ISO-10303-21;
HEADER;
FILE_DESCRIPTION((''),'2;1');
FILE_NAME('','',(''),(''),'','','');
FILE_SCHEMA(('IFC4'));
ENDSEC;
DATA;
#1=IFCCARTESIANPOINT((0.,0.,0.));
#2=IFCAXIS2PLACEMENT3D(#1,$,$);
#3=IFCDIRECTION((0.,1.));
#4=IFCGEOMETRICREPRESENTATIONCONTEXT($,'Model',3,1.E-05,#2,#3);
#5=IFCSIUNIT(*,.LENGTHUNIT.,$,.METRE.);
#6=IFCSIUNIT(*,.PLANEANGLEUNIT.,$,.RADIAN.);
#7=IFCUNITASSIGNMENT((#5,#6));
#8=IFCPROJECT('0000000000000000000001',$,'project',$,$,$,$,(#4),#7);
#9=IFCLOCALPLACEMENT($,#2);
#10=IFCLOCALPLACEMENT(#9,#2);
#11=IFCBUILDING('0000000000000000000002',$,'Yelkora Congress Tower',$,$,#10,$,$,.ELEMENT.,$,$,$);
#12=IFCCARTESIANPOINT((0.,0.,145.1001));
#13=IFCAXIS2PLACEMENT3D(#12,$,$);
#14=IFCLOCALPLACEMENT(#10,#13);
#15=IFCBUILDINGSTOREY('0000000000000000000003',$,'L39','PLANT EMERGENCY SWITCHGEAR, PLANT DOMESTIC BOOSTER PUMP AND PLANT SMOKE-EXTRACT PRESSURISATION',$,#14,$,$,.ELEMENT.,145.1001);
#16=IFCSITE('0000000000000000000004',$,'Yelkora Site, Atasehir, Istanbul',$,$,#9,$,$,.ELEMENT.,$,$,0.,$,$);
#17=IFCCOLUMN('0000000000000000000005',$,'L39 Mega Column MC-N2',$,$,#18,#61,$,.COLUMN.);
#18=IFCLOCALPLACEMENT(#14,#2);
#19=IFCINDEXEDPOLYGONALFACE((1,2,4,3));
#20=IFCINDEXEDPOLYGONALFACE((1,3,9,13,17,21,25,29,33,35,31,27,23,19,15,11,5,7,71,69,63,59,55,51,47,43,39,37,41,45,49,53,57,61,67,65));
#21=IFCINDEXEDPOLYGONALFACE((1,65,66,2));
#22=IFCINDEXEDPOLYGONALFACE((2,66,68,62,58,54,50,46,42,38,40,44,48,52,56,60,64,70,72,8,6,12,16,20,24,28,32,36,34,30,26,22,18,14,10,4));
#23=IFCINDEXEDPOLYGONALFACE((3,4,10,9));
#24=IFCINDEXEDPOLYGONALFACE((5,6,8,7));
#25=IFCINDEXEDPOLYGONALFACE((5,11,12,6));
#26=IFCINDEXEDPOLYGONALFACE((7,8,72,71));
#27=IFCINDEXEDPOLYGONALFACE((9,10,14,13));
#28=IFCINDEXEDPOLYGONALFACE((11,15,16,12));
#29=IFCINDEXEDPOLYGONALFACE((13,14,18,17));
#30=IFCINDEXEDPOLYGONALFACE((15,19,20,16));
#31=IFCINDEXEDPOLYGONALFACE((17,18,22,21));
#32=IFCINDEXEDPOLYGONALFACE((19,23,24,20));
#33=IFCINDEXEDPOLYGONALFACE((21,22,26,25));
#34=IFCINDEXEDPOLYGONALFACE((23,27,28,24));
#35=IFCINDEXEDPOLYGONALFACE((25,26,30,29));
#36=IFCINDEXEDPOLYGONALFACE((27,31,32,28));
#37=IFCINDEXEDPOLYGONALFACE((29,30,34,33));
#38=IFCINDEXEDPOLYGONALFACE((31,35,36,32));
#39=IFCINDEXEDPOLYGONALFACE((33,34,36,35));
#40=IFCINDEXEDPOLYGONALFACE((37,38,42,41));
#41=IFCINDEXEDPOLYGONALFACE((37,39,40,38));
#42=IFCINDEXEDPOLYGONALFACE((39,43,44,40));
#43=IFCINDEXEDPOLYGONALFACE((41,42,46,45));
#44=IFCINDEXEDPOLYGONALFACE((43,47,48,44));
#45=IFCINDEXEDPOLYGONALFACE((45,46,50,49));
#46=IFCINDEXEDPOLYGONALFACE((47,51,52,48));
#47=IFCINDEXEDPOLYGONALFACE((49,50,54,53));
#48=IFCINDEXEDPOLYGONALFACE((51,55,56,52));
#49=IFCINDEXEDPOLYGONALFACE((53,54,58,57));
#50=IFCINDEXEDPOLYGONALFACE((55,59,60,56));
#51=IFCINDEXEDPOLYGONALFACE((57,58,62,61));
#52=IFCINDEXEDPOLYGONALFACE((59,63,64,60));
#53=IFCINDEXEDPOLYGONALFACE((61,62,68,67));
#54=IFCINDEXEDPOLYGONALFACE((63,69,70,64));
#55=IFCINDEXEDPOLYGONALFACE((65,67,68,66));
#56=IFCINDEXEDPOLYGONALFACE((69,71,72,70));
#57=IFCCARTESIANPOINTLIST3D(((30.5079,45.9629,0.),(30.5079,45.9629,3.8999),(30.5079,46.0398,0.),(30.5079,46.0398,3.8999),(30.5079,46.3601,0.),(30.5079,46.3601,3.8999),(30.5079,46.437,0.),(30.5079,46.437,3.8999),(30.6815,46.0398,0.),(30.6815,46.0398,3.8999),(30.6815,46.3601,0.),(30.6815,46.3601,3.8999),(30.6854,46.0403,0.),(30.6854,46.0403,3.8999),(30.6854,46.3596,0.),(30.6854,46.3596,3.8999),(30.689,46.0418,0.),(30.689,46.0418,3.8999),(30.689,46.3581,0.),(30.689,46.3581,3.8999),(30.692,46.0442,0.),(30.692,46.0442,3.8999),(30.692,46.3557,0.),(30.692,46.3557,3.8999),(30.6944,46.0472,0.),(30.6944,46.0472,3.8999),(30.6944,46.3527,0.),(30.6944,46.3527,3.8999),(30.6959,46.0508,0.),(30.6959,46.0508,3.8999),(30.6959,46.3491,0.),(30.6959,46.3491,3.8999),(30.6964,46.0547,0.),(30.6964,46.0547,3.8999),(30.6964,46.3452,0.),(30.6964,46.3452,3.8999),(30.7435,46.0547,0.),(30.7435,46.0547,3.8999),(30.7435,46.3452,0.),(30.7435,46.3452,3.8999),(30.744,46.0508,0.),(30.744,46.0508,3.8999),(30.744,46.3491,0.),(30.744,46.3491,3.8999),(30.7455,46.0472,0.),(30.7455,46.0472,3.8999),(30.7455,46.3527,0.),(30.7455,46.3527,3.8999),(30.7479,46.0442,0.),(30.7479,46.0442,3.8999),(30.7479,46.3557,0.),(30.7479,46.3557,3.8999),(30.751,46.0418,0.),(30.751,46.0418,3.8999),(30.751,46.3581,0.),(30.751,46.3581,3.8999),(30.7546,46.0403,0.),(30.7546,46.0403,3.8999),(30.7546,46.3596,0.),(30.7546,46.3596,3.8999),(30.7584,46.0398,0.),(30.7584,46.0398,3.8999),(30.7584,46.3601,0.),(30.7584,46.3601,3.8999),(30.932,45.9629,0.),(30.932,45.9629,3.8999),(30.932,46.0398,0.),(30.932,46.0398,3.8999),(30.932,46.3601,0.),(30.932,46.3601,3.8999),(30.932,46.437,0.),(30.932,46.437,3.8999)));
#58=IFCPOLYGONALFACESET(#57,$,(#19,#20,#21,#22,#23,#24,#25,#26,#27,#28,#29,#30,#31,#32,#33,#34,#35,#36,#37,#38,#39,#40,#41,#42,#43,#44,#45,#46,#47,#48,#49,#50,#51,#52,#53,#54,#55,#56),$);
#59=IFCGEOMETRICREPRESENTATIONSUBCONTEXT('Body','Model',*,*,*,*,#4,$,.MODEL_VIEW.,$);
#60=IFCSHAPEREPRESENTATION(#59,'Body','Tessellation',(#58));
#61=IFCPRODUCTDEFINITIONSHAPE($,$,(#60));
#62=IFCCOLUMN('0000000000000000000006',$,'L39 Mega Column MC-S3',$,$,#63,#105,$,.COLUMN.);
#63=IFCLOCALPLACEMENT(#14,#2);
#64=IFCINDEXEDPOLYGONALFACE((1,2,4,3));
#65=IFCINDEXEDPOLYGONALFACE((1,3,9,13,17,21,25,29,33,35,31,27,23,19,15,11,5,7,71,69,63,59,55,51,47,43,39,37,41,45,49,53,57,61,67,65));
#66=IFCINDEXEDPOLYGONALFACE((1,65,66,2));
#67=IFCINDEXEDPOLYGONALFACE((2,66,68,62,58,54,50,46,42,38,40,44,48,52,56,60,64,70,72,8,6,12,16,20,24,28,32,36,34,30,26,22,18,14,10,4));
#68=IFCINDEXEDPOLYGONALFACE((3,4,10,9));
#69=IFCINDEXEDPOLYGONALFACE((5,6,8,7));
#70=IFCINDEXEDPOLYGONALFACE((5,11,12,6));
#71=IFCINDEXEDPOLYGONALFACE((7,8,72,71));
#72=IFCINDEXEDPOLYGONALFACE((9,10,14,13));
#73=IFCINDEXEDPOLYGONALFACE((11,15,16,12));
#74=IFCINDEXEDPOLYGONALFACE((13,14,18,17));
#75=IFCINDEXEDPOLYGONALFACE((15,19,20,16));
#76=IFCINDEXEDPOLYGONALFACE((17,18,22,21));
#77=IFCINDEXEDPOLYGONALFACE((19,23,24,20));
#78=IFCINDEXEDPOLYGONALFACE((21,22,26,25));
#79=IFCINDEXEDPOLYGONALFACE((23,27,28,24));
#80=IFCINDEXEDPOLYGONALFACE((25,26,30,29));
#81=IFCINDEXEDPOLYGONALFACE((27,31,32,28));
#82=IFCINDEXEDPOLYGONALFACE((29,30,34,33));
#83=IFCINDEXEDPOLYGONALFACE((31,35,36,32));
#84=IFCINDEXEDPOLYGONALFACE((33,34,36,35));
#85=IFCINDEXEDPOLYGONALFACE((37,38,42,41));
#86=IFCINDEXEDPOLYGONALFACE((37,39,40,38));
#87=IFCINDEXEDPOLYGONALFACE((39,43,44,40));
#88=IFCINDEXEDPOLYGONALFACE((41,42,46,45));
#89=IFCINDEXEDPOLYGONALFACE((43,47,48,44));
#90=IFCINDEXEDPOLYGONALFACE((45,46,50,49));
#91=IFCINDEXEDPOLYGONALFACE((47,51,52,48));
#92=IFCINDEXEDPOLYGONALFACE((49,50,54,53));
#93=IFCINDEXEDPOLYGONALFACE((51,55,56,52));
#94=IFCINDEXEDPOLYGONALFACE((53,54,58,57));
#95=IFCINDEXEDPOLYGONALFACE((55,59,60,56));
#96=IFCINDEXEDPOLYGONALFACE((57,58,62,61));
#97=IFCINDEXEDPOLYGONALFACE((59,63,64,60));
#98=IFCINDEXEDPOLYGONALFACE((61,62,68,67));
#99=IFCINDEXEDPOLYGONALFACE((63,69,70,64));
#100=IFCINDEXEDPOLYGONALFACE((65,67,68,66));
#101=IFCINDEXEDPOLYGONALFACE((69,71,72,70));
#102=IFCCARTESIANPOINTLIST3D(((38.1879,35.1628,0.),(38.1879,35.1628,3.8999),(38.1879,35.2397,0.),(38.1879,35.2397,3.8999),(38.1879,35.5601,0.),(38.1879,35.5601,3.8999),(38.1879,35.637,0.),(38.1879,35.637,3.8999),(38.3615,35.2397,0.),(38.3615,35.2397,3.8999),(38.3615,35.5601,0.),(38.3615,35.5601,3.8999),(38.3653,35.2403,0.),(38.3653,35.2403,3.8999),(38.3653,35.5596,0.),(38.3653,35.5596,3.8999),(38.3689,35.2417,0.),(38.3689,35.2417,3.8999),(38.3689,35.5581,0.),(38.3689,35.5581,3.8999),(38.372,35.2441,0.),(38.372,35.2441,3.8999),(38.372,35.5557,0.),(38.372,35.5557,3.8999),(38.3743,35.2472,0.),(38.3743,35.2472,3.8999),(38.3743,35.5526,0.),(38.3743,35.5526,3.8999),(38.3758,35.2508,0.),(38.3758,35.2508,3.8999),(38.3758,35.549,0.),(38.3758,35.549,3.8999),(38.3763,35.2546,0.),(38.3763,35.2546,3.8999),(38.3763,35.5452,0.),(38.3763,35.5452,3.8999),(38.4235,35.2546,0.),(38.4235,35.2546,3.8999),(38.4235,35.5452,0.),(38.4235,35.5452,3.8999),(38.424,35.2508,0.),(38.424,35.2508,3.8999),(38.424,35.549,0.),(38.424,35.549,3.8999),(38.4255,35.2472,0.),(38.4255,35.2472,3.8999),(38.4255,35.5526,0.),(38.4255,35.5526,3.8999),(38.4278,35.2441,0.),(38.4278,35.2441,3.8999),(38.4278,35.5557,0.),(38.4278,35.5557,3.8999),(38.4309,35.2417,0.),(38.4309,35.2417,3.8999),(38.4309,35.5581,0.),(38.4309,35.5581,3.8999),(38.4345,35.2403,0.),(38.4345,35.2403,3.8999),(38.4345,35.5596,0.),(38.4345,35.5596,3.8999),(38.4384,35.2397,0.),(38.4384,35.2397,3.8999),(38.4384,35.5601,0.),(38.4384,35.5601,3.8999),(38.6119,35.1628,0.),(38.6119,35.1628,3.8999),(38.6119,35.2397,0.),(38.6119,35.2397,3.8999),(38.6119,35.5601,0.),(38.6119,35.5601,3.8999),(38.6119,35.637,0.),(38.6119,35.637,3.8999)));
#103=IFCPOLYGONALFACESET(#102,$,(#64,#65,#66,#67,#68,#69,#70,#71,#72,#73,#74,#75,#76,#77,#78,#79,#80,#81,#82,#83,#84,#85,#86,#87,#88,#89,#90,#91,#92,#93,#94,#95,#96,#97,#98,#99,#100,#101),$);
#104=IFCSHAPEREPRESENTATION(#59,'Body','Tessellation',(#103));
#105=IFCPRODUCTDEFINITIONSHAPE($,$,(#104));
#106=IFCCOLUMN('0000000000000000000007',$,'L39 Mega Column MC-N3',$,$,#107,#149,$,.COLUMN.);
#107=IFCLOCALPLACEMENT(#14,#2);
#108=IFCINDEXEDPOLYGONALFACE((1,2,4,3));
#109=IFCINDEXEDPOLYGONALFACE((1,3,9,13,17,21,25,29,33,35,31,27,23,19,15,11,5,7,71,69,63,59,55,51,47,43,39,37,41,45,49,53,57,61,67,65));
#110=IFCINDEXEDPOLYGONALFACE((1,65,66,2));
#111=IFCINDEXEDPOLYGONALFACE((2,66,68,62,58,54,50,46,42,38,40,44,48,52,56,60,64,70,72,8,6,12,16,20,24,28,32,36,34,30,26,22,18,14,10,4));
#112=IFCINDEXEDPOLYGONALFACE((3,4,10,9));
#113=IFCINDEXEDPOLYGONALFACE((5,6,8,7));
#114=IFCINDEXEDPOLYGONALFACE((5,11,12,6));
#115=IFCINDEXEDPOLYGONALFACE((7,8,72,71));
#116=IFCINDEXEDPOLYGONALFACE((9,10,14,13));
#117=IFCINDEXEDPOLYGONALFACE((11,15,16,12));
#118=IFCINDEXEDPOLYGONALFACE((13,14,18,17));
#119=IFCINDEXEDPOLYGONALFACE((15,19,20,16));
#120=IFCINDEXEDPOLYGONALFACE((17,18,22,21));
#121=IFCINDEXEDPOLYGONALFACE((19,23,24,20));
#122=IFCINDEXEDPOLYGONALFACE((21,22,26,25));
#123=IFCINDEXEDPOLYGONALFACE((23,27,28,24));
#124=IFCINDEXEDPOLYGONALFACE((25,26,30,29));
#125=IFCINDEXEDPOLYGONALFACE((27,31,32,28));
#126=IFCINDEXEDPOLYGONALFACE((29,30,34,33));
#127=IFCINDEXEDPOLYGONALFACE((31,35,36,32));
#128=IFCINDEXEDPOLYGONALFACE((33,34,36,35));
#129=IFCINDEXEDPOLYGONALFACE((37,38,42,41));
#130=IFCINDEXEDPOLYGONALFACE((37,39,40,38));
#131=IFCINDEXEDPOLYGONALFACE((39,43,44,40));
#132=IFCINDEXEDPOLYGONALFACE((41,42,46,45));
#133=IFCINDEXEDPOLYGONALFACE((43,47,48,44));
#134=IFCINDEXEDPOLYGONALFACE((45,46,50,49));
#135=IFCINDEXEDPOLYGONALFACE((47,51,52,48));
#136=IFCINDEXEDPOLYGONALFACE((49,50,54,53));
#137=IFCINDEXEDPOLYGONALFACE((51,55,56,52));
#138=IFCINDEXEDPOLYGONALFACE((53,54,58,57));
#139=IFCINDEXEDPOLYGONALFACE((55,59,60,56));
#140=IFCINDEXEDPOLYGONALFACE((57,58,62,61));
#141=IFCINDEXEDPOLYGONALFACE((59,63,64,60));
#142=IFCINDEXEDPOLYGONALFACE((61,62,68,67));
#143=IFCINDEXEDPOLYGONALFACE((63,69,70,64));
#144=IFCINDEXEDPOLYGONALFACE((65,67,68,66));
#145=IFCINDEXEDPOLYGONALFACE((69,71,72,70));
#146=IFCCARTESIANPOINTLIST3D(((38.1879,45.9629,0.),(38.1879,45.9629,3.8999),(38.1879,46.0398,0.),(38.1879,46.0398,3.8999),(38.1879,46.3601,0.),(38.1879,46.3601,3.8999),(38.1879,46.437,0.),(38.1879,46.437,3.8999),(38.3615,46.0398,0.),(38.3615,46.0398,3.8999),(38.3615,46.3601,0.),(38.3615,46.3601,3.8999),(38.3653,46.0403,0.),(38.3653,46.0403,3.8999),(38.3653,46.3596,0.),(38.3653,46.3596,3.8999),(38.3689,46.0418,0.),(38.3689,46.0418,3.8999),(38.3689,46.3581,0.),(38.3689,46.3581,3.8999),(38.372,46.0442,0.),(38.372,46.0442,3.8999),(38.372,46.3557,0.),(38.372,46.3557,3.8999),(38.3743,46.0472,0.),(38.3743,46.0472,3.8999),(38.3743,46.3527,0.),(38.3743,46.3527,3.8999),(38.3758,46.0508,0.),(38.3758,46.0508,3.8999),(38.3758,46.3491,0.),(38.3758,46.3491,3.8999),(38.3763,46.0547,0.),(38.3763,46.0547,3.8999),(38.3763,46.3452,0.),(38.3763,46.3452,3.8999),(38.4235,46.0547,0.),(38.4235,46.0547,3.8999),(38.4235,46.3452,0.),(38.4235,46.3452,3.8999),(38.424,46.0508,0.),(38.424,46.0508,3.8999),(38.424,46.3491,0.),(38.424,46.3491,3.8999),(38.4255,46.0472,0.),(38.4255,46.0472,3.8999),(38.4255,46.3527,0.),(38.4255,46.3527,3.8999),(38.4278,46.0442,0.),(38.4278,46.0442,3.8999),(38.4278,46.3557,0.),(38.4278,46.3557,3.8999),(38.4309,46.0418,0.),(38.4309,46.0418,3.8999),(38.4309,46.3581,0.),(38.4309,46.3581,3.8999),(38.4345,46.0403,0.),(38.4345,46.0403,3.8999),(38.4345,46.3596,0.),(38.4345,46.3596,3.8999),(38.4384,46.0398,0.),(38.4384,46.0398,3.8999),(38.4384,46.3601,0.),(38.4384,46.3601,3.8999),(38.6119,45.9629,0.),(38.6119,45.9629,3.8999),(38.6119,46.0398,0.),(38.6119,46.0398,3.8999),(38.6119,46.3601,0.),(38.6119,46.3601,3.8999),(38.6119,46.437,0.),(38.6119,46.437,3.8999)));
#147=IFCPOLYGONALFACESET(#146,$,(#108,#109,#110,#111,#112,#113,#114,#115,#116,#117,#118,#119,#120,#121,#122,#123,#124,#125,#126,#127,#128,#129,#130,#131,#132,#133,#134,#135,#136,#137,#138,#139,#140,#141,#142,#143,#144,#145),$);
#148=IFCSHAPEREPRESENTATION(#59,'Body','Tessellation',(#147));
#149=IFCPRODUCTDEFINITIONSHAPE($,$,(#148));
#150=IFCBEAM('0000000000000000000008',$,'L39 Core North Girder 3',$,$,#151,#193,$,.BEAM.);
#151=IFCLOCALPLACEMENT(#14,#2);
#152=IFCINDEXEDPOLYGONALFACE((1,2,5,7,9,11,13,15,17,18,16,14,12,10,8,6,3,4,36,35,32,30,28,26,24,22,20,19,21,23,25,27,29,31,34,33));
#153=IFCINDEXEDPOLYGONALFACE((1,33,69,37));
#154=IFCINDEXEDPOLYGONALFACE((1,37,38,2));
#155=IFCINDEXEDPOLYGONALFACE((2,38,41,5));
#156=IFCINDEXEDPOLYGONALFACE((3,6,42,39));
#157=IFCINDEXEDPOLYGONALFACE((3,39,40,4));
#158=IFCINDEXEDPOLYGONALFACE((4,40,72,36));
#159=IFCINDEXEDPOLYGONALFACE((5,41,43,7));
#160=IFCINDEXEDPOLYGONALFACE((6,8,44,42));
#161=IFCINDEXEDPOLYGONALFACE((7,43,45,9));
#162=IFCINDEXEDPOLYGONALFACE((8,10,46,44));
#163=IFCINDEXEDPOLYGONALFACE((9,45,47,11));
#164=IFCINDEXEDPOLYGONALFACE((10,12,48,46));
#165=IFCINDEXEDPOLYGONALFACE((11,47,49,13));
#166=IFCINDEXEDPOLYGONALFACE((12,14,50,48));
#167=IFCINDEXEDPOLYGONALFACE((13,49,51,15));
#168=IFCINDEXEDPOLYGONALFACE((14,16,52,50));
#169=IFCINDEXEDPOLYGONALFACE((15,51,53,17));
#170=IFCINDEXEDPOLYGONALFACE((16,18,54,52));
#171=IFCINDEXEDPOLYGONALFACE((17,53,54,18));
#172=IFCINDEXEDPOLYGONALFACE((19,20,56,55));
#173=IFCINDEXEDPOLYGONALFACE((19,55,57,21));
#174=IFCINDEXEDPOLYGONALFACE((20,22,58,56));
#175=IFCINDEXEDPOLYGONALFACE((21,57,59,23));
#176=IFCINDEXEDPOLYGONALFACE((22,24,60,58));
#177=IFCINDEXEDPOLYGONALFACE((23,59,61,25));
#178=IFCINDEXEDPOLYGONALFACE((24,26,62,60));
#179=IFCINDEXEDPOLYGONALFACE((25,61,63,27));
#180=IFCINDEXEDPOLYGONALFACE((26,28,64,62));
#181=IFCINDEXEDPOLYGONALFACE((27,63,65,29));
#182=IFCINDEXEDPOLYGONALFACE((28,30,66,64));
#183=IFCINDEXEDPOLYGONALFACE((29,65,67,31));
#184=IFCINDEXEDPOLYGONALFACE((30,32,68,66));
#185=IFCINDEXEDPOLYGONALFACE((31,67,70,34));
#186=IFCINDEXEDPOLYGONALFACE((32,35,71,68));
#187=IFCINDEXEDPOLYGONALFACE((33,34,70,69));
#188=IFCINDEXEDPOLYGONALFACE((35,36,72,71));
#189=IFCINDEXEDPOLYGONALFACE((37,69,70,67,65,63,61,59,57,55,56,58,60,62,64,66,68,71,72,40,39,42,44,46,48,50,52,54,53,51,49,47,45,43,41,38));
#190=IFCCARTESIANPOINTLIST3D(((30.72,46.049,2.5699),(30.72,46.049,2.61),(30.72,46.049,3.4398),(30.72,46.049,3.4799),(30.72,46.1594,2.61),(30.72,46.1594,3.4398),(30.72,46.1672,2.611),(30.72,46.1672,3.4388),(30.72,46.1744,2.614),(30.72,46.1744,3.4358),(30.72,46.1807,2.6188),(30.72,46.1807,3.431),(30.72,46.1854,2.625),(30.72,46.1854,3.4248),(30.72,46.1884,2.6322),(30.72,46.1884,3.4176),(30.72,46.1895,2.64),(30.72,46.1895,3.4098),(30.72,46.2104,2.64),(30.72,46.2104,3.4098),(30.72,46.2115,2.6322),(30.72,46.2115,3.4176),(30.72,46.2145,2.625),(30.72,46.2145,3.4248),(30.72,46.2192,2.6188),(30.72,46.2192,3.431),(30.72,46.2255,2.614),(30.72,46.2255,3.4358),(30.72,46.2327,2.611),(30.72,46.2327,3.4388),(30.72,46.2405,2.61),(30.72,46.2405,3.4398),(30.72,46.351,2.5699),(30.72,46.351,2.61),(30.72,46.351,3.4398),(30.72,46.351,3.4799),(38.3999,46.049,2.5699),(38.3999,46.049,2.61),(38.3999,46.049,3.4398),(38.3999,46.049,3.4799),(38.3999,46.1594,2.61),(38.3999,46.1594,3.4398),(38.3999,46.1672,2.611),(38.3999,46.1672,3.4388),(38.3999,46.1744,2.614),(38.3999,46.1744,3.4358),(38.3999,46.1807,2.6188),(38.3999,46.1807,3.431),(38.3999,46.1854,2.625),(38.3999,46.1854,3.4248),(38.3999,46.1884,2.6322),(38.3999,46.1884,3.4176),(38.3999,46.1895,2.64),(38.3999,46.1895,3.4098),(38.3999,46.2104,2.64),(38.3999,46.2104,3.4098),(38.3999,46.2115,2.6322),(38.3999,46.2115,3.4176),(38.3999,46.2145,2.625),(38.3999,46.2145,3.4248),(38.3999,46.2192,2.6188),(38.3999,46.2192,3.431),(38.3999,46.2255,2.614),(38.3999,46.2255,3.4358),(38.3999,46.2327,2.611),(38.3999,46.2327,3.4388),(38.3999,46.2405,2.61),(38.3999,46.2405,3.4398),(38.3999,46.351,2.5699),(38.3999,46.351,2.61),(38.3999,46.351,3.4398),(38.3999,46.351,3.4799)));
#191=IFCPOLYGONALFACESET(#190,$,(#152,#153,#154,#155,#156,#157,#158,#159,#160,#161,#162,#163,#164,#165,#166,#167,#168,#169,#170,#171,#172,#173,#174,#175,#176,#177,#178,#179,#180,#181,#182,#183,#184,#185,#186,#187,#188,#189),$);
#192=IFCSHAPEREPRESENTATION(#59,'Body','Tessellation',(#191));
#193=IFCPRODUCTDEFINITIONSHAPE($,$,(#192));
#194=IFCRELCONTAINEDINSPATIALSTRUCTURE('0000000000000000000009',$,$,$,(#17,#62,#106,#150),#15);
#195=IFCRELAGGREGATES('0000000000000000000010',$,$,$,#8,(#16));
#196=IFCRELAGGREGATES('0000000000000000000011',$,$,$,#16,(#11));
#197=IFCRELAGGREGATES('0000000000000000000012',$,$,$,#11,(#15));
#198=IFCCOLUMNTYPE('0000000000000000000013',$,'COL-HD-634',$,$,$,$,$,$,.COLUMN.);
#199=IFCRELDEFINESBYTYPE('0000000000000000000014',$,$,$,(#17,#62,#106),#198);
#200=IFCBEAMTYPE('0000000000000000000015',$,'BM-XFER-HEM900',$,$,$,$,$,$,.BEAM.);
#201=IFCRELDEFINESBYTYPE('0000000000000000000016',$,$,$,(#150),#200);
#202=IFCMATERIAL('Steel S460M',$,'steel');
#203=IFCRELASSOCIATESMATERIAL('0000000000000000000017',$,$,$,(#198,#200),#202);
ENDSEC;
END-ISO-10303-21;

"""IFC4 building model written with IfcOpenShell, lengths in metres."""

from ifc_helpers import new_model, si_unit, direction, frame, origin, origin_2d, place, context, subcontext, project, spatial, i_section, extrude, material, material_profile, profile_set, type_object, element, save


model = new_model("IFC4")

# Units and contexts
model_context = context("Model", 3, precision=1e-05, world=origin(), true_north=direction((0.0, 1.0)))
body_context = subcontext(model_context, "Body", "Model", "MODEL_VIEW")
ifc_project = project(units=[si_unit("LENGTHUNIT", "METRE"), si_unit("PLANEANGLEUNIT", "RADIAN")], contexts=[model_context])

# Site, building, storey
site_placement = place(None, origin())
site = spatial("IfcSite", under=ifc_project, at=site_placement, Name="Yelkora Site, Atasehir, Istanbul", CompositionType="ELEMENT", RefElevation=0.0)
building_placement = place(site_placement, origin())
building = spatial("IfcBuilding", under=site, at=building_placement, Name="Yelkora Congress Tower", CompositionType="ELEMENT")
storey_placement = place(building_placement, frame((0.0, 0.0, 145.1001)))
storey = spatial("IfcBuildingStorey", under=building, at=storey_placement, Name="L39", Description="PLANT EMERGENCY SWITCHGEAR, PLANT DOMESTIC BOOSTER PUMP AND PLANT SMOKE-EXTRACT PRESSURISATION", CompositionType="ELEMENT", Elevation=145.1001)

# Columns
ifc_material_1 = material(Name="Steel S460M", Category="steel")
ifc_material_profile_1 = material_profile(ifc_material_1, i_section(OverallWidth=0.4241, OverallDepth=0.4741, WebThickness=0.0471, FlangeThickness=0.0769, FilletRadius=0.0149, at=origin_2d()), Name="HD 400x634")
ifc_profile_set_1 = profile_set([ifc_material_profile_1], Name="Steel S460M")
column_type = type_object("IfcColumnType", Name="COL-HD-634", PredefinedType="COLUMN", material=ifc_profile_set_1)
for number, where, z_axis, x_axis, name in (
    (1, (30.72, 46.2, 0.0), (0.0, 0.0, 1.0), (1.0, 0.0, 0.0), "L39 Mega Column MC-N2"),
    (2, (38.3999, 35.3999, 0.0), (0.0, 0.0, 1.0), (1.0, 0.0, 0.0), "L39 Mega Column MC-S3"),
    (3, (38.3999, 46.2, 0.0), (0.0, 0.0, 1.0), (1.0, 0.0, 0.0), "L39 Mega Column MC-N3"),
):
    element("IfcColumn", number, at=place(storey_placement, frame(where, z_axis=z_axis, x_axis=x_axis)), inside=storey, type_object=column_type, Name=name, PredefinedType="COLUMN", context=body_context, shape_type="SweptSolid", body=[
        extrude(i_section(OverallWidth=0.4241, OverallDepth=0.4741, WebThickness=0.0471, FlangeThickness=0.0769, FilletRadius=0.0149, at=origin_2d()), origin(), (0.0, 0.0, 1.0), 3.8999),
    ])

# Beam
ifc_material_profile_2 = material_profile(ifc_material_1, i_section(OverallWidth=0.302, OverallDepth=0.9099, WebThickness=0.021, FlangeThickness=0.04, FilletRadius=0.03, at=origin_2d()), Name="HEM 900")
ifc_profile_set_2 = profile_set([ifc_material_profile_2], Name="Steel S460M")
beam_type = type_object("IfcBeamType", Name="BM-XFER-HEM900", PredefinedType="BEAM", material=ifc_profile_set_2)
for number, where, z_axis, x_axis, name in (
    (4, (30.72, 46.2, 3.0249), (1.0, 0.0, 0.0), (0.0, 1.0, 0.0), "L39 Core North Girder 3"),
):
    element("IfcBeam", number, at=place(storey_placement, frame(where, z_axis=z_axis, x_axis=x_axis)), inside=storey, type_object=beam_type, Name=name, PredefinedType="BEAM", context=body_context, shape_type="SweptSolid", body=[
        extrude(i_section(OverallWidth=0.302, OverallDepth=0.9099, WebThickness=0.021, FlangeThickness=0.04, FilletRadius=0.03, at=origin_2d()), origin(), (0.0, 0.0, 1.0), 7.6799),
    ])

save(model, "model.ifc")
